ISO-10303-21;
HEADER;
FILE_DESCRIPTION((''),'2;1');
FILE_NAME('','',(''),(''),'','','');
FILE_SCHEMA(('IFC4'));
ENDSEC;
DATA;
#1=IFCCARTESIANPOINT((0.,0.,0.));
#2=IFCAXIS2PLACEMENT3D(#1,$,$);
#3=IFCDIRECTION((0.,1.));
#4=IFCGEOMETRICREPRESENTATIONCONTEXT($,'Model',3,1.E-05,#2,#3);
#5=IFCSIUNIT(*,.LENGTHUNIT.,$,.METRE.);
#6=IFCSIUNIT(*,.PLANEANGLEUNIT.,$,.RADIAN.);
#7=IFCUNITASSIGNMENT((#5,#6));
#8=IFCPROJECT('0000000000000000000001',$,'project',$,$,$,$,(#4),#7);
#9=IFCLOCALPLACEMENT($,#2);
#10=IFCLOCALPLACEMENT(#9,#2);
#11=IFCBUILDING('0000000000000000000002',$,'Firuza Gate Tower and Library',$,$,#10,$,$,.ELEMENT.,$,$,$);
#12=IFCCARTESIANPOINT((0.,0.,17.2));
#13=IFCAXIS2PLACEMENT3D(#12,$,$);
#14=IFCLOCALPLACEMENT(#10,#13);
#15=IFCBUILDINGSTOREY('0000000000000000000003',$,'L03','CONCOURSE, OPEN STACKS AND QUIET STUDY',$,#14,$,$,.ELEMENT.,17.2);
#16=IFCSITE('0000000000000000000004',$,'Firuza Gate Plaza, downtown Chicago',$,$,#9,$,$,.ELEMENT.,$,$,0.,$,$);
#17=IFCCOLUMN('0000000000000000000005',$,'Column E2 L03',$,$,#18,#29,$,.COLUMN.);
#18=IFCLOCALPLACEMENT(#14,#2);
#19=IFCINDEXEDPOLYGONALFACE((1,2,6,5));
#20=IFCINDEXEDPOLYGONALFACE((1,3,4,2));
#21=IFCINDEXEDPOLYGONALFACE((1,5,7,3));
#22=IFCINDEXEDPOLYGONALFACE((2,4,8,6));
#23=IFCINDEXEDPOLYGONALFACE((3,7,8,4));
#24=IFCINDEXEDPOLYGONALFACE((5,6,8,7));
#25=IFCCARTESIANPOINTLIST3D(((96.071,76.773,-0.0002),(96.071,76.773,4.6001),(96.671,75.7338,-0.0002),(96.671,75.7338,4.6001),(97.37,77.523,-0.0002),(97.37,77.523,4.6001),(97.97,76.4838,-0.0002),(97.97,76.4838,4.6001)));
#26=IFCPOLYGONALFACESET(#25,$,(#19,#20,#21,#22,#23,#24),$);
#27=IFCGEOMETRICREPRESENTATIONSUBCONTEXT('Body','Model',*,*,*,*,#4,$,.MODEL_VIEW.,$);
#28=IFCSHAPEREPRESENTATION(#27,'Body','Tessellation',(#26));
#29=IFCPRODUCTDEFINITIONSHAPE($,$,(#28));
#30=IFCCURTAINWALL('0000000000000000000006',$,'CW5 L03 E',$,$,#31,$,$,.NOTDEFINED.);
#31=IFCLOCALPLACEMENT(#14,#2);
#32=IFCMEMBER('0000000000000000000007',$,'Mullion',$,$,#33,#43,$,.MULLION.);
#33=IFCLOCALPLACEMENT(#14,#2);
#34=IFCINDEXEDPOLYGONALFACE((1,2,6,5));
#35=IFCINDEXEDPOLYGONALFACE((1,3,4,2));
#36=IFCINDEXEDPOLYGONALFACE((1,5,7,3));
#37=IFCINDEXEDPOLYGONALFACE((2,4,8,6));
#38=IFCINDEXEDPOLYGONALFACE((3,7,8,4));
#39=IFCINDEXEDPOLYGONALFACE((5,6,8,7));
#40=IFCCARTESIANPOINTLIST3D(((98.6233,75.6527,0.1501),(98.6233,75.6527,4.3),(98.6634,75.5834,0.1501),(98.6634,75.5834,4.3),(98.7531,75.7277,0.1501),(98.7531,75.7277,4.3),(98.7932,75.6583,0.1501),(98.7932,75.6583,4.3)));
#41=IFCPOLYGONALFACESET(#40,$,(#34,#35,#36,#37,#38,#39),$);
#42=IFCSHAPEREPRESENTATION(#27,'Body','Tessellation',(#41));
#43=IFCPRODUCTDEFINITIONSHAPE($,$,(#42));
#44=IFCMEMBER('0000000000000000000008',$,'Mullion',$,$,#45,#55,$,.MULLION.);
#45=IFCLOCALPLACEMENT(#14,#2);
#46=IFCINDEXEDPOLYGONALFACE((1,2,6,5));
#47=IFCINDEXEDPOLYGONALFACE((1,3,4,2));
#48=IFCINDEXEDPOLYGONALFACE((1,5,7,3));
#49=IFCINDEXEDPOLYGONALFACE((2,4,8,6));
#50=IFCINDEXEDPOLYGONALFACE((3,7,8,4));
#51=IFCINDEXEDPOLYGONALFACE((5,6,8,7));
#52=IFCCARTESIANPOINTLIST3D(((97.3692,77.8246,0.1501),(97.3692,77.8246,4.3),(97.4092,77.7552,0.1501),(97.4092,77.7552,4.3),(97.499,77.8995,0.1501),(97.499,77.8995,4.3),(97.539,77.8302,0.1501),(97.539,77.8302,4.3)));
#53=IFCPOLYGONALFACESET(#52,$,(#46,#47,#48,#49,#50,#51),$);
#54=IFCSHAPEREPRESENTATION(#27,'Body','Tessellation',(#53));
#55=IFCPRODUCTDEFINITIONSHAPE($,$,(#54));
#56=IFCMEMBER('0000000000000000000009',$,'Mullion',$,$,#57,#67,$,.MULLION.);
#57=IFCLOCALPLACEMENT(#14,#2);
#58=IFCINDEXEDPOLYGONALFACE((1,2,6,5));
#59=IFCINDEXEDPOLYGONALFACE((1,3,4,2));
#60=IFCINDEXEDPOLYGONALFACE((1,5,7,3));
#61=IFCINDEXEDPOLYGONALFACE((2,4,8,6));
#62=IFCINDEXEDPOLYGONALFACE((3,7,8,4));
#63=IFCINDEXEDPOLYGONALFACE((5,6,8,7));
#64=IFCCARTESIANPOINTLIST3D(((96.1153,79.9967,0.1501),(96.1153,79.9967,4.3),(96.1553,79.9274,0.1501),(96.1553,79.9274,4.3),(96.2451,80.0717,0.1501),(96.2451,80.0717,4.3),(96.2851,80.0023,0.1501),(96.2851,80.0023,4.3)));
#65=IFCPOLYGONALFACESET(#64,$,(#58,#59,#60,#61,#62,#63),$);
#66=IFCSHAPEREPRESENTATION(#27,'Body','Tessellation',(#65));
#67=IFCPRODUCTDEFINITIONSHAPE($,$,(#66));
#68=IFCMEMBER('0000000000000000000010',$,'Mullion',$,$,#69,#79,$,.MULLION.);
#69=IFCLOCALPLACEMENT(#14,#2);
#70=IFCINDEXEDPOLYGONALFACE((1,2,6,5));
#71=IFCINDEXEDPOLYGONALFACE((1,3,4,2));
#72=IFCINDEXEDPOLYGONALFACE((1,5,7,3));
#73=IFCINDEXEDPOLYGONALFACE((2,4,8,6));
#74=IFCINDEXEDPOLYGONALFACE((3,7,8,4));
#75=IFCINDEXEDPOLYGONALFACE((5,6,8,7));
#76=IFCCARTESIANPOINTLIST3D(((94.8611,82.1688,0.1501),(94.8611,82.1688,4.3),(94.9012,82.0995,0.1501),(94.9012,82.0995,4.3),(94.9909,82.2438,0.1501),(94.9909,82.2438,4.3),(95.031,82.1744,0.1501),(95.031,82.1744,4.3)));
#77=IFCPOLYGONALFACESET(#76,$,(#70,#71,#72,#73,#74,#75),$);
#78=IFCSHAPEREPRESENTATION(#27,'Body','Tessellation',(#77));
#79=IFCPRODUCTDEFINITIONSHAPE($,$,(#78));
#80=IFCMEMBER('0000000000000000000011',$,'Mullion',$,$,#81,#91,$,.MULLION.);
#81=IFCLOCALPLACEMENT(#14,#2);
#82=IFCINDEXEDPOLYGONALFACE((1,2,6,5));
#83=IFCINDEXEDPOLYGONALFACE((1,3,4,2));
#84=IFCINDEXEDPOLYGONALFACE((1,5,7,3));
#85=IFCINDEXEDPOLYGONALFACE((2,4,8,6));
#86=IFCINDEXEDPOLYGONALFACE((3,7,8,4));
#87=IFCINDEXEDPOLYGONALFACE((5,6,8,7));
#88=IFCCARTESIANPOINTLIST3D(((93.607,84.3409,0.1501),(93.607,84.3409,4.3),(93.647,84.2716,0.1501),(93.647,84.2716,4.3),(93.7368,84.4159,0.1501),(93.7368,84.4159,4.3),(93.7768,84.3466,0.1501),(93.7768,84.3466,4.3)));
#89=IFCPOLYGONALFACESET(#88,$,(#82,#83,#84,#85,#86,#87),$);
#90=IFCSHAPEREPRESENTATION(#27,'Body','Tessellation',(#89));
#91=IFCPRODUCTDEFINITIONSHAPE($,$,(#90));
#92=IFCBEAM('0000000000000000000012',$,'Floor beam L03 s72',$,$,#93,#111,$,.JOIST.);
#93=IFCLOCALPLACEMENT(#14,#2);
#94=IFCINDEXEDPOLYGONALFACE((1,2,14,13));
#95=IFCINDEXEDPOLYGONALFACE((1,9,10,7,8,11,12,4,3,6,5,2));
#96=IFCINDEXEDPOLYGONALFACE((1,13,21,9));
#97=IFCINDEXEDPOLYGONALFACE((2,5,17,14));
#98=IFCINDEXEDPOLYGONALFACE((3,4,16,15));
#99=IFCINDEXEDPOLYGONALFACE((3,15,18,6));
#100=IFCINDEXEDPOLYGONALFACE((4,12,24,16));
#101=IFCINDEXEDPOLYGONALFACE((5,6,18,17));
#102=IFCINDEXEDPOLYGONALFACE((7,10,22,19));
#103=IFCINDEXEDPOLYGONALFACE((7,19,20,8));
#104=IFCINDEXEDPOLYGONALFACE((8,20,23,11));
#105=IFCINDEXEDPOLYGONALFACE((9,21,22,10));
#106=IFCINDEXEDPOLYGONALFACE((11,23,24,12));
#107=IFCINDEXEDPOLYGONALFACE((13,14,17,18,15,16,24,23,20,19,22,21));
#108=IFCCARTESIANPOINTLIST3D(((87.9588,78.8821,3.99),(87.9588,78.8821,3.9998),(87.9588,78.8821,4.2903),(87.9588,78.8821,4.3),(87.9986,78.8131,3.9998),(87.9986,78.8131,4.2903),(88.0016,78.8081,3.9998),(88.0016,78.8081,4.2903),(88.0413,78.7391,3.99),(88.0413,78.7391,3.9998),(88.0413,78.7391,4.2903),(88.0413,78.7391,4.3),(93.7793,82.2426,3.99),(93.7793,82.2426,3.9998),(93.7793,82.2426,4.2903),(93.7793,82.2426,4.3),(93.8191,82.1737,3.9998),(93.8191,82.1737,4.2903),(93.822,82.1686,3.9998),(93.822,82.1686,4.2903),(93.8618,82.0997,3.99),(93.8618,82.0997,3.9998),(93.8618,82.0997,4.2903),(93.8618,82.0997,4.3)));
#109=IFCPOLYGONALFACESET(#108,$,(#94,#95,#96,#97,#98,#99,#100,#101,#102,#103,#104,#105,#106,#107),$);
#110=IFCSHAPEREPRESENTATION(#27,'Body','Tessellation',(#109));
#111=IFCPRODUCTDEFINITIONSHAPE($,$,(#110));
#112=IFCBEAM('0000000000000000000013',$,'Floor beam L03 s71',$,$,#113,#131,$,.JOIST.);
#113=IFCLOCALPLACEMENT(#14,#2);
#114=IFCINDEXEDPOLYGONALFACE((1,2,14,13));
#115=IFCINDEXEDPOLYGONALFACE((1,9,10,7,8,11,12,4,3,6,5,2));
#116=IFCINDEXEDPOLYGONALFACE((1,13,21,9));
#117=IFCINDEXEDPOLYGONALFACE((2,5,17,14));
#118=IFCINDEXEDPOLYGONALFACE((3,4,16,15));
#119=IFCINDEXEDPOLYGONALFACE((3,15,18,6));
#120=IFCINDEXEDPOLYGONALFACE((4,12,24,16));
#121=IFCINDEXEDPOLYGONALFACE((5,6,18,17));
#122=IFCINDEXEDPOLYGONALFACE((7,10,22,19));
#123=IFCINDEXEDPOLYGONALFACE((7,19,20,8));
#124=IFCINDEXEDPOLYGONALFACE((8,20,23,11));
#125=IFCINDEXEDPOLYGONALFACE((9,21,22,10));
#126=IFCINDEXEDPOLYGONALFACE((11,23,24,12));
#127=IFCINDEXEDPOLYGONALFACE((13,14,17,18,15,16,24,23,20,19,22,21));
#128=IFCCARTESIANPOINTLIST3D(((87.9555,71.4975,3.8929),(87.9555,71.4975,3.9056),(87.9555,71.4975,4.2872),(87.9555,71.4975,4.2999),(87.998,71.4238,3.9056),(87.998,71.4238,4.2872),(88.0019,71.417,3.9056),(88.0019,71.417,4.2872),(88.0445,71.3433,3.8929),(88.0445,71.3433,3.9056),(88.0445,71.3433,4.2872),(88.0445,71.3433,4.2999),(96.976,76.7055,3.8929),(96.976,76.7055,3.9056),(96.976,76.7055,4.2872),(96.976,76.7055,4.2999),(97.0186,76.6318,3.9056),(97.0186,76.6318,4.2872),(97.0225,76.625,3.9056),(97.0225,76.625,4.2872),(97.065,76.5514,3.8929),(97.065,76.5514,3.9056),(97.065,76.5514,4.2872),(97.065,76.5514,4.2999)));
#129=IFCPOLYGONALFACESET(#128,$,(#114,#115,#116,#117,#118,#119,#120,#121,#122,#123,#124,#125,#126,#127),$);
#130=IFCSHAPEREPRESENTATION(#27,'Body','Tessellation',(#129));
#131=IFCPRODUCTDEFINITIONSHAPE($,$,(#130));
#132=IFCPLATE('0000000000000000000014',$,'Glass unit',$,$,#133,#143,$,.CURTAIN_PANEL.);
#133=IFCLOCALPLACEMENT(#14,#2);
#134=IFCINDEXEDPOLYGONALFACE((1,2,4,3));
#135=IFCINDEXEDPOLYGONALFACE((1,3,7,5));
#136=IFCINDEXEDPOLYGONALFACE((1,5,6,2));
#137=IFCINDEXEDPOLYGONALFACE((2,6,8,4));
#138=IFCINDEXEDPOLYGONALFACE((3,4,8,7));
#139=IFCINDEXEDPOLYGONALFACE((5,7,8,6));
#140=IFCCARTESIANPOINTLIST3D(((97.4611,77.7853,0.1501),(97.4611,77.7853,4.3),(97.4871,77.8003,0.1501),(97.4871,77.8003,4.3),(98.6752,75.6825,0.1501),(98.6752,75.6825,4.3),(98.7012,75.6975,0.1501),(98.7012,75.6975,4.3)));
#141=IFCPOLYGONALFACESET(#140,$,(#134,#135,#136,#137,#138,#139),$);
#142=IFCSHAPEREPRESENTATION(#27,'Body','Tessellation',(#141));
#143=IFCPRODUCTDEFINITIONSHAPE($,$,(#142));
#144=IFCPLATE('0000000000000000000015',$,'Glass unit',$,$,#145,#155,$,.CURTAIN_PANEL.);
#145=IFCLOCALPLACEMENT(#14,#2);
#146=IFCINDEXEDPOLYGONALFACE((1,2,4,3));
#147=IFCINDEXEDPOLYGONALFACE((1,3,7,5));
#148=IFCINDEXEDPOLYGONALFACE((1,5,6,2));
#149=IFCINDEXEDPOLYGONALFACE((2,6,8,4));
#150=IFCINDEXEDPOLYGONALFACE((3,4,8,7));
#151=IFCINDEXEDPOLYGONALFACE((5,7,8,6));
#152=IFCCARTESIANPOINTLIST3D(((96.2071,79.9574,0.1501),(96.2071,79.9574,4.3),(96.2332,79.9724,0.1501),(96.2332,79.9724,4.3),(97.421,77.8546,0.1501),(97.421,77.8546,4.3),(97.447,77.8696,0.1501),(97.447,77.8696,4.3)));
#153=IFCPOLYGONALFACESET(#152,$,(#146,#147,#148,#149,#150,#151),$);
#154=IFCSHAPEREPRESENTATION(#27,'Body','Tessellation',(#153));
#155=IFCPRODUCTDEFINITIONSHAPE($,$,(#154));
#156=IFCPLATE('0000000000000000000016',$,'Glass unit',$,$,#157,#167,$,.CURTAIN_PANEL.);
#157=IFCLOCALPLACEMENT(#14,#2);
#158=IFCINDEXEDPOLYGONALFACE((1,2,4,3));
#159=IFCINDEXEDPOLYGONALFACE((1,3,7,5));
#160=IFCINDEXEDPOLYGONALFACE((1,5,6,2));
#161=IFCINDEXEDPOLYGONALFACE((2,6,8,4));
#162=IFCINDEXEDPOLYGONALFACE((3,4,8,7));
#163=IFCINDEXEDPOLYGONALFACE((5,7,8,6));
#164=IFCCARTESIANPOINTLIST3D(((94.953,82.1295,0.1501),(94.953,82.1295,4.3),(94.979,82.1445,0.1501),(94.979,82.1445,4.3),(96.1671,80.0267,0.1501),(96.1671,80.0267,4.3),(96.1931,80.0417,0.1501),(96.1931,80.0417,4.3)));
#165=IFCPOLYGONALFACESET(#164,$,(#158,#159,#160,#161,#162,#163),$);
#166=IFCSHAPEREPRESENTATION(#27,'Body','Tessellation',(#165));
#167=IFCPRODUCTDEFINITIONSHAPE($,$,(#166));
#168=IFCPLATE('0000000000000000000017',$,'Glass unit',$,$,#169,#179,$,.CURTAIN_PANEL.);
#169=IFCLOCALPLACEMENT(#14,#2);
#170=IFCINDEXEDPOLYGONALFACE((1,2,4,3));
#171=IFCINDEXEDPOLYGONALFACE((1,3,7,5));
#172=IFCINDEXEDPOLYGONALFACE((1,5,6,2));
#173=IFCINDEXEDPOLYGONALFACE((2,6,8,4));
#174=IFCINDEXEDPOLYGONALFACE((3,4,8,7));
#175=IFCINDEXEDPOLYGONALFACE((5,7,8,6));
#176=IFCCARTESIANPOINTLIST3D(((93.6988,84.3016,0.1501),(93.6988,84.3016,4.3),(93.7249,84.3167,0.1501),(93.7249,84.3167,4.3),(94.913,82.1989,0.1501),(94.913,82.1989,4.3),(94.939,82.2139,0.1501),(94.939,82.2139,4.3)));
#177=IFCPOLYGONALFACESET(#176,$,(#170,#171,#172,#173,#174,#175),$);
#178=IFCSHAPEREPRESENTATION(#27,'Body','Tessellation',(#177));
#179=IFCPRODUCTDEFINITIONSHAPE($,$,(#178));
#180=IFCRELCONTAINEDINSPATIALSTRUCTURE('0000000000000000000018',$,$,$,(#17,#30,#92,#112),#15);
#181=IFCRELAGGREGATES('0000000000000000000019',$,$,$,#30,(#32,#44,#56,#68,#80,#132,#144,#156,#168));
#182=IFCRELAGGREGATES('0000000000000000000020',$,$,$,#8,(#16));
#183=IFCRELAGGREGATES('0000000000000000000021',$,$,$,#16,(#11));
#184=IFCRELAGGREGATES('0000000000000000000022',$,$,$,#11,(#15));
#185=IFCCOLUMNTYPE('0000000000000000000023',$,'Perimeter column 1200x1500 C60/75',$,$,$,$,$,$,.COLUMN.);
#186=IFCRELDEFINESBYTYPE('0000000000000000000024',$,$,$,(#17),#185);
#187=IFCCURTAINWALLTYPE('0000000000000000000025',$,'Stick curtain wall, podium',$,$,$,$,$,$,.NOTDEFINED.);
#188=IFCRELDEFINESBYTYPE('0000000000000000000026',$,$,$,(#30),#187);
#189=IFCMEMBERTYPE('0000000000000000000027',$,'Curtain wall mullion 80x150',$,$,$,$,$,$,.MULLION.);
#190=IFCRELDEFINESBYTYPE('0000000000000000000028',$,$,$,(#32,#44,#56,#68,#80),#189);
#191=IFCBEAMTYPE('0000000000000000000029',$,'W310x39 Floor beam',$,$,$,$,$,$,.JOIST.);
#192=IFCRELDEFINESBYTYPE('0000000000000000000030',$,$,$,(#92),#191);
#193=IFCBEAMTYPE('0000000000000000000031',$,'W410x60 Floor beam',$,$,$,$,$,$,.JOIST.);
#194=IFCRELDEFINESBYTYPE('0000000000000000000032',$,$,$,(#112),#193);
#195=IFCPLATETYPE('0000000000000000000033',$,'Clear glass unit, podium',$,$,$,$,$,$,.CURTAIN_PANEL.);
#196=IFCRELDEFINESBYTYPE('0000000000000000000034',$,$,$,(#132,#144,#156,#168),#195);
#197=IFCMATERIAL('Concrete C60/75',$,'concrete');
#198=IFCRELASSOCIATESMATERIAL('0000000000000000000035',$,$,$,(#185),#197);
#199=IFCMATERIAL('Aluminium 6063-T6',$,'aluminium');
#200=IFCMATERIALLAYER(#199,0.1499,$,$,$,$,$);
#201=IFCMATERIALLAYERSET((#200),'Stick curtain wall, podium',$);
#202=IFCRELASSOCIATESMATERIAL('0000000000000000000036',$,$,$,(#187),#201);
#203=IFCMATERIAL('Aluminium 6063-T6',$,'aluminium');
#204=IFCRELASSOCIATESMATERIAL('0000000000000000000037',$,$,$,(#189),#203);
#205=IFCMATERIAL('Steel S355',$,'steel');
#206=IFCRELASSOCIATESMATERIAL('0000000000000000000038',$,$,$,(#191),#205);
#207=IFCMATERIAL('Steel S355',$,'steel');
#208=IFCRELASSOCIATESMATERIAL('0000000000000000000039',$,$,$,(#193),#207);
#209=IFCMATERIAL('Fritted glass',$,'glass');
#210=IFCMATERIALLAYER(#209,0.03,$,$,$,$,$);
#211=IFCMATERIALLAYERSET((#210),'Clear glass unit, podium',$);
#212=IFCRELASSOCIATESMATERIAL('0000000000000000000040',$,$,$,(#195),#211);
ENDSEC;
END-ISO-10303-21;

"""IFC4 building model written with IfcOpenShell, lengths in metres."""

from ifc_helpers import new_model, si_unit, direction, frame, origin, origin_2d, place, context, subcontext, project, spatial, polyline, rectangle, i_section, outline, extrude, material, layer, layer_set, material_profile, profile_set, type_object, element, aggregate, save


model = new_model("IFC4")

# Units and contexts
model_context = context("Model", 3, precision=1e-05, world=origin(), true_north=direction((0.0, 1.0)))
body_context = subcontext(model_context, "Body", "Model", "MODEL_VIEW")
ifc_project = project(units=[si_unit("LENGTHUNIT", "METRE"), si_unit("PLANEANGLEUNIT", "RADIAN")], contexts=[model_context])

# Site, building, storey
site_placement = place(None, origin())
site = spatial("IfcSite", under=ifc_project, at=site_placement, Name="Firuza Gate Plaza, downtown Chicago", CompositionType="ELEMENT", RefElevation=0.0)
building_placement = place(site_placement, origin())
building = spatial("IfcBuilding", under=site, at=building_placement, Name="Firuza Gate Tower and Library", CompositionType="ELEMENT")
storey_placement = place(building_placement, frame((0.0, 0.0, 17.2)))
storey = spatial("IfcBuildingStorey", under=building, at=storey_placement, Name="L03", Description="CONCOURSE, OPEN STACKS AND QUIET STUDY", CompositionType="ELEMENT", Elevation=17.2)

# Column
ifc_material_1 = material(Name="Concrete C60/75", Category="concrete")
ifc_material_profile_1 = material_profile(ifc_material_1, rectangle(XDim=1.2, YDim=1.5, at=origin_2d()))
ifc_profile_set_1 = profile_set([ifc_material_profile_1], Name="Concrete C60/75")
column_type = type_object("IfcColumnType", Name="Perimeter column 1200x1500 C60/75", PredefinedType="COLUMN", material=ifc_profile_set_1)
column_placement = place(storey_placement, frame((97.0205, 76.6284, -0.0002), z_axis=(0.0, 0.0, 1.0), x_axis=(-0.5, 0.866025, 0.0)))
element("IfcColumn", 1, at=column_placement, inside=storey, type_object=column_type, Name="Column E2 L03", PredefinedType="COLUMN", context=body_context, shape_type="SweptSolid", body=[
    extrude(rectangle(XDim=1.2, YDim=1.5, at=origin_2d()), origin(), (0.0, 0.0, 1.0), 4.6003),
])

# Curtain wall, members
ifc_material_2 = material(Name="Aluminium 6063-T6", Category="aluminium")
ifc_layer_1 = layer(ifc_material_2, 0.1499)
ifc_layer_set_1 = layer_set([ifc_layer_1], Name="Stick curtain wall, podium")
curtain_wall_type = type_object("IfcCurtainWallType", Name="Stick curtain wall, podium", PredefinedType="NOTDEFINED", material=ifc_layer_set_1)
curtain_wall_placement = place(storey_placement, origin())
curtain_wall = element("IfcCurtainWall", 2, at=curtain_wall_placement, inside=storey, type_object=curtain_wall_type, Name="CW5 L03 E", PredefinedType="NOTDEFINED")
ifc_material_3 = material(Name="Aluminium 6063-T6", Category="aluminium")
ifc_material_profile_2 = material_profile(ifc_material_3, rectangle(XDim=0.1499, YDim=0.0801, at=origin_2d()))
ifc_profile_set_2 = profile_set([ifc_material_profile_2], Name="Aluminium 6063-T6")
member_type = type_object("IfcMemberType", Name="Curtain wall mullion 80x150", PredefinedType="MULLION", material=ifc_profile_set_2)
member_1_placement = place(storey_placement, frame((98.7083, 75.6555, 0.1501), z_axis=(0.0, 0.0, 1.0), x_axis=(-0.866025, -0.5, 0.0)))
member_1 = element("IfcMember", 3, at=member_1_placement, type_object=member_type, Name="Mullion", PredefinedType="MULLION", context=body_context, shape_type="SweptSolid", body=[
    extrude(rectangle(XDim=0.1499, YDim=0.0801, at=origin_2d()), origin(), (0.0, 0.0, 1.0), 4.1499),
])
member_2_placement = place(storey_placement, frame((97.4541, 77.8274, 0.1501), z_axis=(0.0, 0.0, 1.0), x_axis=(-0.866025, -0.5, 0.0)))
member_2 = element("IfcMember", 4, at=member_2_placement, type_object=member_type, Name="Mullion", PredefinedType="MULLION", context=body_context, shape_type="SweptSolid", body=[
    extrude(rectangle(XDim=0.1499, YDim=0.0801, at=origin_2d()), origin(), (0.0, 0.0, 1.0), 4.1499),
])
member_3_placement = place(storey_placement, frame((96.2002, 79.9995, 0.1501), z_axis=(0.0, 0.0, 1.0), x_axis=(-0.866025, -0.5, 0.0)))
member_3 = element("IfcMember", 5, at=member_3_placement, type_object=member_type, Name="Mullion", PredefinedType="MULLION", context=body_context, shape_type="SweptSolid", body=[
    extrude(rectangle(XDim=0.1499, YDim=0.0801, at=origin_2d()), origin(), (0.0, 0.0, 1.0), 4.1499),
])
member_4_placement = place(storey_placement, frame((94.946, 82.1716, 0.1501), z_axis=(0.0, 0.0, 1.0), x_axis=(-0.866025, -0.5, 0.0)))
member_4 = element("IfcMember", 6, at=member_4_placement, type_object=member_type, Name="Mullion", PredefinedType="MULLION", context=body_context, shape_type="SweptSolid", body=[
    extrude(rectangle(XDim=0.1499, YDim=0.0801, at=origin_2d()), origin(), (0.0, 0.0, 1.0), 4.1499),
])
member_5_placement = place(storey_placement, frame((93.6919, 84.3438, 0.1501), z_axis=(0.0, 0.0, 1.0), x_axis=(-0.866025, -0.5, 0.0)))
member_5 = element("IfcMember", 7, at=member_5_placement, type_object=member_type, Name="Mullion", PredefinedType="MULLION", context=body_context, shape_type="SweptSolid", body=[
    extrude(rectangle(XDim=0.1499, YDim=0.0801, at=origin_2d()), origin(), (0.0, 0.0, 1.0), 4.1499),
])

# Beams
ifc_material_4 = material(Name="Steel S355", Category="steel")
ifc_material_profile_3 = material_profile(ifc_material_4, i_section(OverallWidth=0.165, OverallDepth=0.3101, WebThickness=0.0059, FlangeThickness=0.0098, at=origin_2d()))
ifc_profile_set_3 = profile_set([ifc_material_profile_3], Name="Steel S355")
beam_type_1 = type_object("IfcBeamType", Name="W310x39 Floor beam", PredefinedType="JOIST", material=ifc_profile_set_3)
beam_1_placement = place(storey_placement, frame((93.8206, 82.1711, 4.145), z_axis=(-0.866019, -0.500011, 0.0), x_axis=(0.500011, -0.866019, 0.0)))
element("IfcBeam", 8, at=beam_1_placement, inside=storey, type_object=beam_type_1, Name="Floor beam L03 s72", PredefinedType="JOIST", context=body_context, shape_type="SweptSolid", body=[
    extrude(i_section(OverallWidth=0.165, OverallDepth=0.3101, WebThickness=0.0059, FlangeThickness=0.0098, at=origin_2d()), origin(), (0.0, 0.0, 1.0), 6.7209),
])
ifc_material_5 = material(Name="Steel S355", Category="steel")
ifc_material_profile_4 = material_profile(ifc_material_5, i_section(OverallWidth=0.178, OverallDepth=0.407, WebThickness=0.0078, FlangeThickness=0.0127, at=origin_2d()))
ifc_profile_set_4 = profile_set([ifc_material_profile_4], Name="Steel S355")
beam_type_2 = type_object("IfcBeamType", Name="W410x60 Floor beam", PredefinedType="JOIST", material=ifc_profile_set_4)
beam_2_placement = place(storey_placement, frame((97.0205, 76.6284, 4.0964), z_axis=(-0.866025, -0.500001, 0.0), x_axis=(0.500001, -0.866025, 0.0)))
element("IfcBeam", 9, at=beam_2_placement, inside=storey, type_object=beam_type_2, Name="Floor beam L03 s71", PredefinedType="JOIST", context=body_context, shape_type="SweptSolid", body=[
    extrude(i_section(OverallWidth=0.178, OverallDepth=0.407, WebThickness=0.0078, FlangeThickness=0.0127, at=origin_2d()), origin(), (0.0, 0.0, 1.0), 10.416),
])

# Plates
ifc_material_6 = material(Name="Fritted glass", Category="glass")
ifc_layer_2 = layer(ifc_material_6, 0.03)
ifc_layer_set_2 = layer_set([ifc_layer_2], Name="Clear glass unit, podium")
plate_type = type_object("IfcPlateType", Name="Clear glass unit, podium", PredefinedType="CURTAIN_PANEL", material=ifc_layer_set_2)
plate_1_placement = place(storey_placement, frame((98.7012, 75.6975, 0.1501), z_axis=(0.866013, 0.500021, 0.0), x_axis=(-0.500021, 0.866013, 0.0)))
plate_1 = element("IfcPlate", 10, at=plate_1_placement, type_object=plate_type, Name="Glass unit", PredefinedType="CURTAIN_PANEL", context=body_context, shape_type="SweptSolid", body=[
    extrude(outline(polyline([(0.0, 0.0), (2.4281, 0.0), (2.4281, 4.1499), (0.0, 4.1499), (0.0, 0.0)])), origin(), (0.0, 0.0, -1.0), 0.03),
])
plate_2_placement = place(storey_placement, frame((97.447, 77.8696, 0.1501), z_axis=(0.866057, 0.499946, 0.0), x_axis=(-0.499946, 0.866057, 0.0)))
plate_2 = element("IfcPlate", 11, at=plate_2_placement, type_object=plate_type, Name="Glass unit", PredefinedType="CURTAIN_PANEL", context=body_context, shape_type="SweptSolid", body=[
    extrude(outline(polyline([(0.0, 0.0), (2.428, 0.0), (2.428, 4.1499), (0.0, 4.1499), (0.0, 0.0)])), origin(), (0.0, 0.0, -1.0), 0.03),
])
plate_3_placement = place(storey_placement, frame((96.1931, 80.0417, 0.1501), z_axis=(0.866013, 0.500021, 0.0), x_axis=(-0.500021, 0.866013, 0.0)))
plate_3 = element("IfcPlate", 12, at=plate_3_placement, type_object=plate_type, Name="Glass unit", PredefinedType="CURTAIN_PANEL", context=body_context, shape_type="SweptSolid", body=[
    extrude(outline(polyline([(0.0, 0.0), (2.4281, 0.0), (2.4281, 4.1499), (0.0, 4.1499), (0.0, 0.0)])), origin(), (0.0, 0.0, -1.0), 0.03),
])
plate_4_placement = place(storey_placement, frame((94.939, 82.2139, 0.1501), z_axis=(0.866013, 0.500021, 0.0), x_axis=(-0.500021, 0.866013, 0.0)))
plate_4 = element("IfcPlate", 13, at=plate_4_placement, type_object=plate_type, Name="Glass unit", PredefinedType="CURTAIN_PANEL", context=body_context, shape_type="SweptSolid", body=[
    extrude(outline(polyline([(0.0, 0.0), (2.4281, 0.0), (2.4281, 4.1499), (0.0, 4.1499), (0.0, 0.0)])), origin(), (0.0, 0.0, -1.0), 0.03),
])
aggregate(curtain_wall, [member_1, member_2, member_3, member_4, member_5, plate_1, plate_2, plate_3, plate_4])

save(model, "model.ifc")
